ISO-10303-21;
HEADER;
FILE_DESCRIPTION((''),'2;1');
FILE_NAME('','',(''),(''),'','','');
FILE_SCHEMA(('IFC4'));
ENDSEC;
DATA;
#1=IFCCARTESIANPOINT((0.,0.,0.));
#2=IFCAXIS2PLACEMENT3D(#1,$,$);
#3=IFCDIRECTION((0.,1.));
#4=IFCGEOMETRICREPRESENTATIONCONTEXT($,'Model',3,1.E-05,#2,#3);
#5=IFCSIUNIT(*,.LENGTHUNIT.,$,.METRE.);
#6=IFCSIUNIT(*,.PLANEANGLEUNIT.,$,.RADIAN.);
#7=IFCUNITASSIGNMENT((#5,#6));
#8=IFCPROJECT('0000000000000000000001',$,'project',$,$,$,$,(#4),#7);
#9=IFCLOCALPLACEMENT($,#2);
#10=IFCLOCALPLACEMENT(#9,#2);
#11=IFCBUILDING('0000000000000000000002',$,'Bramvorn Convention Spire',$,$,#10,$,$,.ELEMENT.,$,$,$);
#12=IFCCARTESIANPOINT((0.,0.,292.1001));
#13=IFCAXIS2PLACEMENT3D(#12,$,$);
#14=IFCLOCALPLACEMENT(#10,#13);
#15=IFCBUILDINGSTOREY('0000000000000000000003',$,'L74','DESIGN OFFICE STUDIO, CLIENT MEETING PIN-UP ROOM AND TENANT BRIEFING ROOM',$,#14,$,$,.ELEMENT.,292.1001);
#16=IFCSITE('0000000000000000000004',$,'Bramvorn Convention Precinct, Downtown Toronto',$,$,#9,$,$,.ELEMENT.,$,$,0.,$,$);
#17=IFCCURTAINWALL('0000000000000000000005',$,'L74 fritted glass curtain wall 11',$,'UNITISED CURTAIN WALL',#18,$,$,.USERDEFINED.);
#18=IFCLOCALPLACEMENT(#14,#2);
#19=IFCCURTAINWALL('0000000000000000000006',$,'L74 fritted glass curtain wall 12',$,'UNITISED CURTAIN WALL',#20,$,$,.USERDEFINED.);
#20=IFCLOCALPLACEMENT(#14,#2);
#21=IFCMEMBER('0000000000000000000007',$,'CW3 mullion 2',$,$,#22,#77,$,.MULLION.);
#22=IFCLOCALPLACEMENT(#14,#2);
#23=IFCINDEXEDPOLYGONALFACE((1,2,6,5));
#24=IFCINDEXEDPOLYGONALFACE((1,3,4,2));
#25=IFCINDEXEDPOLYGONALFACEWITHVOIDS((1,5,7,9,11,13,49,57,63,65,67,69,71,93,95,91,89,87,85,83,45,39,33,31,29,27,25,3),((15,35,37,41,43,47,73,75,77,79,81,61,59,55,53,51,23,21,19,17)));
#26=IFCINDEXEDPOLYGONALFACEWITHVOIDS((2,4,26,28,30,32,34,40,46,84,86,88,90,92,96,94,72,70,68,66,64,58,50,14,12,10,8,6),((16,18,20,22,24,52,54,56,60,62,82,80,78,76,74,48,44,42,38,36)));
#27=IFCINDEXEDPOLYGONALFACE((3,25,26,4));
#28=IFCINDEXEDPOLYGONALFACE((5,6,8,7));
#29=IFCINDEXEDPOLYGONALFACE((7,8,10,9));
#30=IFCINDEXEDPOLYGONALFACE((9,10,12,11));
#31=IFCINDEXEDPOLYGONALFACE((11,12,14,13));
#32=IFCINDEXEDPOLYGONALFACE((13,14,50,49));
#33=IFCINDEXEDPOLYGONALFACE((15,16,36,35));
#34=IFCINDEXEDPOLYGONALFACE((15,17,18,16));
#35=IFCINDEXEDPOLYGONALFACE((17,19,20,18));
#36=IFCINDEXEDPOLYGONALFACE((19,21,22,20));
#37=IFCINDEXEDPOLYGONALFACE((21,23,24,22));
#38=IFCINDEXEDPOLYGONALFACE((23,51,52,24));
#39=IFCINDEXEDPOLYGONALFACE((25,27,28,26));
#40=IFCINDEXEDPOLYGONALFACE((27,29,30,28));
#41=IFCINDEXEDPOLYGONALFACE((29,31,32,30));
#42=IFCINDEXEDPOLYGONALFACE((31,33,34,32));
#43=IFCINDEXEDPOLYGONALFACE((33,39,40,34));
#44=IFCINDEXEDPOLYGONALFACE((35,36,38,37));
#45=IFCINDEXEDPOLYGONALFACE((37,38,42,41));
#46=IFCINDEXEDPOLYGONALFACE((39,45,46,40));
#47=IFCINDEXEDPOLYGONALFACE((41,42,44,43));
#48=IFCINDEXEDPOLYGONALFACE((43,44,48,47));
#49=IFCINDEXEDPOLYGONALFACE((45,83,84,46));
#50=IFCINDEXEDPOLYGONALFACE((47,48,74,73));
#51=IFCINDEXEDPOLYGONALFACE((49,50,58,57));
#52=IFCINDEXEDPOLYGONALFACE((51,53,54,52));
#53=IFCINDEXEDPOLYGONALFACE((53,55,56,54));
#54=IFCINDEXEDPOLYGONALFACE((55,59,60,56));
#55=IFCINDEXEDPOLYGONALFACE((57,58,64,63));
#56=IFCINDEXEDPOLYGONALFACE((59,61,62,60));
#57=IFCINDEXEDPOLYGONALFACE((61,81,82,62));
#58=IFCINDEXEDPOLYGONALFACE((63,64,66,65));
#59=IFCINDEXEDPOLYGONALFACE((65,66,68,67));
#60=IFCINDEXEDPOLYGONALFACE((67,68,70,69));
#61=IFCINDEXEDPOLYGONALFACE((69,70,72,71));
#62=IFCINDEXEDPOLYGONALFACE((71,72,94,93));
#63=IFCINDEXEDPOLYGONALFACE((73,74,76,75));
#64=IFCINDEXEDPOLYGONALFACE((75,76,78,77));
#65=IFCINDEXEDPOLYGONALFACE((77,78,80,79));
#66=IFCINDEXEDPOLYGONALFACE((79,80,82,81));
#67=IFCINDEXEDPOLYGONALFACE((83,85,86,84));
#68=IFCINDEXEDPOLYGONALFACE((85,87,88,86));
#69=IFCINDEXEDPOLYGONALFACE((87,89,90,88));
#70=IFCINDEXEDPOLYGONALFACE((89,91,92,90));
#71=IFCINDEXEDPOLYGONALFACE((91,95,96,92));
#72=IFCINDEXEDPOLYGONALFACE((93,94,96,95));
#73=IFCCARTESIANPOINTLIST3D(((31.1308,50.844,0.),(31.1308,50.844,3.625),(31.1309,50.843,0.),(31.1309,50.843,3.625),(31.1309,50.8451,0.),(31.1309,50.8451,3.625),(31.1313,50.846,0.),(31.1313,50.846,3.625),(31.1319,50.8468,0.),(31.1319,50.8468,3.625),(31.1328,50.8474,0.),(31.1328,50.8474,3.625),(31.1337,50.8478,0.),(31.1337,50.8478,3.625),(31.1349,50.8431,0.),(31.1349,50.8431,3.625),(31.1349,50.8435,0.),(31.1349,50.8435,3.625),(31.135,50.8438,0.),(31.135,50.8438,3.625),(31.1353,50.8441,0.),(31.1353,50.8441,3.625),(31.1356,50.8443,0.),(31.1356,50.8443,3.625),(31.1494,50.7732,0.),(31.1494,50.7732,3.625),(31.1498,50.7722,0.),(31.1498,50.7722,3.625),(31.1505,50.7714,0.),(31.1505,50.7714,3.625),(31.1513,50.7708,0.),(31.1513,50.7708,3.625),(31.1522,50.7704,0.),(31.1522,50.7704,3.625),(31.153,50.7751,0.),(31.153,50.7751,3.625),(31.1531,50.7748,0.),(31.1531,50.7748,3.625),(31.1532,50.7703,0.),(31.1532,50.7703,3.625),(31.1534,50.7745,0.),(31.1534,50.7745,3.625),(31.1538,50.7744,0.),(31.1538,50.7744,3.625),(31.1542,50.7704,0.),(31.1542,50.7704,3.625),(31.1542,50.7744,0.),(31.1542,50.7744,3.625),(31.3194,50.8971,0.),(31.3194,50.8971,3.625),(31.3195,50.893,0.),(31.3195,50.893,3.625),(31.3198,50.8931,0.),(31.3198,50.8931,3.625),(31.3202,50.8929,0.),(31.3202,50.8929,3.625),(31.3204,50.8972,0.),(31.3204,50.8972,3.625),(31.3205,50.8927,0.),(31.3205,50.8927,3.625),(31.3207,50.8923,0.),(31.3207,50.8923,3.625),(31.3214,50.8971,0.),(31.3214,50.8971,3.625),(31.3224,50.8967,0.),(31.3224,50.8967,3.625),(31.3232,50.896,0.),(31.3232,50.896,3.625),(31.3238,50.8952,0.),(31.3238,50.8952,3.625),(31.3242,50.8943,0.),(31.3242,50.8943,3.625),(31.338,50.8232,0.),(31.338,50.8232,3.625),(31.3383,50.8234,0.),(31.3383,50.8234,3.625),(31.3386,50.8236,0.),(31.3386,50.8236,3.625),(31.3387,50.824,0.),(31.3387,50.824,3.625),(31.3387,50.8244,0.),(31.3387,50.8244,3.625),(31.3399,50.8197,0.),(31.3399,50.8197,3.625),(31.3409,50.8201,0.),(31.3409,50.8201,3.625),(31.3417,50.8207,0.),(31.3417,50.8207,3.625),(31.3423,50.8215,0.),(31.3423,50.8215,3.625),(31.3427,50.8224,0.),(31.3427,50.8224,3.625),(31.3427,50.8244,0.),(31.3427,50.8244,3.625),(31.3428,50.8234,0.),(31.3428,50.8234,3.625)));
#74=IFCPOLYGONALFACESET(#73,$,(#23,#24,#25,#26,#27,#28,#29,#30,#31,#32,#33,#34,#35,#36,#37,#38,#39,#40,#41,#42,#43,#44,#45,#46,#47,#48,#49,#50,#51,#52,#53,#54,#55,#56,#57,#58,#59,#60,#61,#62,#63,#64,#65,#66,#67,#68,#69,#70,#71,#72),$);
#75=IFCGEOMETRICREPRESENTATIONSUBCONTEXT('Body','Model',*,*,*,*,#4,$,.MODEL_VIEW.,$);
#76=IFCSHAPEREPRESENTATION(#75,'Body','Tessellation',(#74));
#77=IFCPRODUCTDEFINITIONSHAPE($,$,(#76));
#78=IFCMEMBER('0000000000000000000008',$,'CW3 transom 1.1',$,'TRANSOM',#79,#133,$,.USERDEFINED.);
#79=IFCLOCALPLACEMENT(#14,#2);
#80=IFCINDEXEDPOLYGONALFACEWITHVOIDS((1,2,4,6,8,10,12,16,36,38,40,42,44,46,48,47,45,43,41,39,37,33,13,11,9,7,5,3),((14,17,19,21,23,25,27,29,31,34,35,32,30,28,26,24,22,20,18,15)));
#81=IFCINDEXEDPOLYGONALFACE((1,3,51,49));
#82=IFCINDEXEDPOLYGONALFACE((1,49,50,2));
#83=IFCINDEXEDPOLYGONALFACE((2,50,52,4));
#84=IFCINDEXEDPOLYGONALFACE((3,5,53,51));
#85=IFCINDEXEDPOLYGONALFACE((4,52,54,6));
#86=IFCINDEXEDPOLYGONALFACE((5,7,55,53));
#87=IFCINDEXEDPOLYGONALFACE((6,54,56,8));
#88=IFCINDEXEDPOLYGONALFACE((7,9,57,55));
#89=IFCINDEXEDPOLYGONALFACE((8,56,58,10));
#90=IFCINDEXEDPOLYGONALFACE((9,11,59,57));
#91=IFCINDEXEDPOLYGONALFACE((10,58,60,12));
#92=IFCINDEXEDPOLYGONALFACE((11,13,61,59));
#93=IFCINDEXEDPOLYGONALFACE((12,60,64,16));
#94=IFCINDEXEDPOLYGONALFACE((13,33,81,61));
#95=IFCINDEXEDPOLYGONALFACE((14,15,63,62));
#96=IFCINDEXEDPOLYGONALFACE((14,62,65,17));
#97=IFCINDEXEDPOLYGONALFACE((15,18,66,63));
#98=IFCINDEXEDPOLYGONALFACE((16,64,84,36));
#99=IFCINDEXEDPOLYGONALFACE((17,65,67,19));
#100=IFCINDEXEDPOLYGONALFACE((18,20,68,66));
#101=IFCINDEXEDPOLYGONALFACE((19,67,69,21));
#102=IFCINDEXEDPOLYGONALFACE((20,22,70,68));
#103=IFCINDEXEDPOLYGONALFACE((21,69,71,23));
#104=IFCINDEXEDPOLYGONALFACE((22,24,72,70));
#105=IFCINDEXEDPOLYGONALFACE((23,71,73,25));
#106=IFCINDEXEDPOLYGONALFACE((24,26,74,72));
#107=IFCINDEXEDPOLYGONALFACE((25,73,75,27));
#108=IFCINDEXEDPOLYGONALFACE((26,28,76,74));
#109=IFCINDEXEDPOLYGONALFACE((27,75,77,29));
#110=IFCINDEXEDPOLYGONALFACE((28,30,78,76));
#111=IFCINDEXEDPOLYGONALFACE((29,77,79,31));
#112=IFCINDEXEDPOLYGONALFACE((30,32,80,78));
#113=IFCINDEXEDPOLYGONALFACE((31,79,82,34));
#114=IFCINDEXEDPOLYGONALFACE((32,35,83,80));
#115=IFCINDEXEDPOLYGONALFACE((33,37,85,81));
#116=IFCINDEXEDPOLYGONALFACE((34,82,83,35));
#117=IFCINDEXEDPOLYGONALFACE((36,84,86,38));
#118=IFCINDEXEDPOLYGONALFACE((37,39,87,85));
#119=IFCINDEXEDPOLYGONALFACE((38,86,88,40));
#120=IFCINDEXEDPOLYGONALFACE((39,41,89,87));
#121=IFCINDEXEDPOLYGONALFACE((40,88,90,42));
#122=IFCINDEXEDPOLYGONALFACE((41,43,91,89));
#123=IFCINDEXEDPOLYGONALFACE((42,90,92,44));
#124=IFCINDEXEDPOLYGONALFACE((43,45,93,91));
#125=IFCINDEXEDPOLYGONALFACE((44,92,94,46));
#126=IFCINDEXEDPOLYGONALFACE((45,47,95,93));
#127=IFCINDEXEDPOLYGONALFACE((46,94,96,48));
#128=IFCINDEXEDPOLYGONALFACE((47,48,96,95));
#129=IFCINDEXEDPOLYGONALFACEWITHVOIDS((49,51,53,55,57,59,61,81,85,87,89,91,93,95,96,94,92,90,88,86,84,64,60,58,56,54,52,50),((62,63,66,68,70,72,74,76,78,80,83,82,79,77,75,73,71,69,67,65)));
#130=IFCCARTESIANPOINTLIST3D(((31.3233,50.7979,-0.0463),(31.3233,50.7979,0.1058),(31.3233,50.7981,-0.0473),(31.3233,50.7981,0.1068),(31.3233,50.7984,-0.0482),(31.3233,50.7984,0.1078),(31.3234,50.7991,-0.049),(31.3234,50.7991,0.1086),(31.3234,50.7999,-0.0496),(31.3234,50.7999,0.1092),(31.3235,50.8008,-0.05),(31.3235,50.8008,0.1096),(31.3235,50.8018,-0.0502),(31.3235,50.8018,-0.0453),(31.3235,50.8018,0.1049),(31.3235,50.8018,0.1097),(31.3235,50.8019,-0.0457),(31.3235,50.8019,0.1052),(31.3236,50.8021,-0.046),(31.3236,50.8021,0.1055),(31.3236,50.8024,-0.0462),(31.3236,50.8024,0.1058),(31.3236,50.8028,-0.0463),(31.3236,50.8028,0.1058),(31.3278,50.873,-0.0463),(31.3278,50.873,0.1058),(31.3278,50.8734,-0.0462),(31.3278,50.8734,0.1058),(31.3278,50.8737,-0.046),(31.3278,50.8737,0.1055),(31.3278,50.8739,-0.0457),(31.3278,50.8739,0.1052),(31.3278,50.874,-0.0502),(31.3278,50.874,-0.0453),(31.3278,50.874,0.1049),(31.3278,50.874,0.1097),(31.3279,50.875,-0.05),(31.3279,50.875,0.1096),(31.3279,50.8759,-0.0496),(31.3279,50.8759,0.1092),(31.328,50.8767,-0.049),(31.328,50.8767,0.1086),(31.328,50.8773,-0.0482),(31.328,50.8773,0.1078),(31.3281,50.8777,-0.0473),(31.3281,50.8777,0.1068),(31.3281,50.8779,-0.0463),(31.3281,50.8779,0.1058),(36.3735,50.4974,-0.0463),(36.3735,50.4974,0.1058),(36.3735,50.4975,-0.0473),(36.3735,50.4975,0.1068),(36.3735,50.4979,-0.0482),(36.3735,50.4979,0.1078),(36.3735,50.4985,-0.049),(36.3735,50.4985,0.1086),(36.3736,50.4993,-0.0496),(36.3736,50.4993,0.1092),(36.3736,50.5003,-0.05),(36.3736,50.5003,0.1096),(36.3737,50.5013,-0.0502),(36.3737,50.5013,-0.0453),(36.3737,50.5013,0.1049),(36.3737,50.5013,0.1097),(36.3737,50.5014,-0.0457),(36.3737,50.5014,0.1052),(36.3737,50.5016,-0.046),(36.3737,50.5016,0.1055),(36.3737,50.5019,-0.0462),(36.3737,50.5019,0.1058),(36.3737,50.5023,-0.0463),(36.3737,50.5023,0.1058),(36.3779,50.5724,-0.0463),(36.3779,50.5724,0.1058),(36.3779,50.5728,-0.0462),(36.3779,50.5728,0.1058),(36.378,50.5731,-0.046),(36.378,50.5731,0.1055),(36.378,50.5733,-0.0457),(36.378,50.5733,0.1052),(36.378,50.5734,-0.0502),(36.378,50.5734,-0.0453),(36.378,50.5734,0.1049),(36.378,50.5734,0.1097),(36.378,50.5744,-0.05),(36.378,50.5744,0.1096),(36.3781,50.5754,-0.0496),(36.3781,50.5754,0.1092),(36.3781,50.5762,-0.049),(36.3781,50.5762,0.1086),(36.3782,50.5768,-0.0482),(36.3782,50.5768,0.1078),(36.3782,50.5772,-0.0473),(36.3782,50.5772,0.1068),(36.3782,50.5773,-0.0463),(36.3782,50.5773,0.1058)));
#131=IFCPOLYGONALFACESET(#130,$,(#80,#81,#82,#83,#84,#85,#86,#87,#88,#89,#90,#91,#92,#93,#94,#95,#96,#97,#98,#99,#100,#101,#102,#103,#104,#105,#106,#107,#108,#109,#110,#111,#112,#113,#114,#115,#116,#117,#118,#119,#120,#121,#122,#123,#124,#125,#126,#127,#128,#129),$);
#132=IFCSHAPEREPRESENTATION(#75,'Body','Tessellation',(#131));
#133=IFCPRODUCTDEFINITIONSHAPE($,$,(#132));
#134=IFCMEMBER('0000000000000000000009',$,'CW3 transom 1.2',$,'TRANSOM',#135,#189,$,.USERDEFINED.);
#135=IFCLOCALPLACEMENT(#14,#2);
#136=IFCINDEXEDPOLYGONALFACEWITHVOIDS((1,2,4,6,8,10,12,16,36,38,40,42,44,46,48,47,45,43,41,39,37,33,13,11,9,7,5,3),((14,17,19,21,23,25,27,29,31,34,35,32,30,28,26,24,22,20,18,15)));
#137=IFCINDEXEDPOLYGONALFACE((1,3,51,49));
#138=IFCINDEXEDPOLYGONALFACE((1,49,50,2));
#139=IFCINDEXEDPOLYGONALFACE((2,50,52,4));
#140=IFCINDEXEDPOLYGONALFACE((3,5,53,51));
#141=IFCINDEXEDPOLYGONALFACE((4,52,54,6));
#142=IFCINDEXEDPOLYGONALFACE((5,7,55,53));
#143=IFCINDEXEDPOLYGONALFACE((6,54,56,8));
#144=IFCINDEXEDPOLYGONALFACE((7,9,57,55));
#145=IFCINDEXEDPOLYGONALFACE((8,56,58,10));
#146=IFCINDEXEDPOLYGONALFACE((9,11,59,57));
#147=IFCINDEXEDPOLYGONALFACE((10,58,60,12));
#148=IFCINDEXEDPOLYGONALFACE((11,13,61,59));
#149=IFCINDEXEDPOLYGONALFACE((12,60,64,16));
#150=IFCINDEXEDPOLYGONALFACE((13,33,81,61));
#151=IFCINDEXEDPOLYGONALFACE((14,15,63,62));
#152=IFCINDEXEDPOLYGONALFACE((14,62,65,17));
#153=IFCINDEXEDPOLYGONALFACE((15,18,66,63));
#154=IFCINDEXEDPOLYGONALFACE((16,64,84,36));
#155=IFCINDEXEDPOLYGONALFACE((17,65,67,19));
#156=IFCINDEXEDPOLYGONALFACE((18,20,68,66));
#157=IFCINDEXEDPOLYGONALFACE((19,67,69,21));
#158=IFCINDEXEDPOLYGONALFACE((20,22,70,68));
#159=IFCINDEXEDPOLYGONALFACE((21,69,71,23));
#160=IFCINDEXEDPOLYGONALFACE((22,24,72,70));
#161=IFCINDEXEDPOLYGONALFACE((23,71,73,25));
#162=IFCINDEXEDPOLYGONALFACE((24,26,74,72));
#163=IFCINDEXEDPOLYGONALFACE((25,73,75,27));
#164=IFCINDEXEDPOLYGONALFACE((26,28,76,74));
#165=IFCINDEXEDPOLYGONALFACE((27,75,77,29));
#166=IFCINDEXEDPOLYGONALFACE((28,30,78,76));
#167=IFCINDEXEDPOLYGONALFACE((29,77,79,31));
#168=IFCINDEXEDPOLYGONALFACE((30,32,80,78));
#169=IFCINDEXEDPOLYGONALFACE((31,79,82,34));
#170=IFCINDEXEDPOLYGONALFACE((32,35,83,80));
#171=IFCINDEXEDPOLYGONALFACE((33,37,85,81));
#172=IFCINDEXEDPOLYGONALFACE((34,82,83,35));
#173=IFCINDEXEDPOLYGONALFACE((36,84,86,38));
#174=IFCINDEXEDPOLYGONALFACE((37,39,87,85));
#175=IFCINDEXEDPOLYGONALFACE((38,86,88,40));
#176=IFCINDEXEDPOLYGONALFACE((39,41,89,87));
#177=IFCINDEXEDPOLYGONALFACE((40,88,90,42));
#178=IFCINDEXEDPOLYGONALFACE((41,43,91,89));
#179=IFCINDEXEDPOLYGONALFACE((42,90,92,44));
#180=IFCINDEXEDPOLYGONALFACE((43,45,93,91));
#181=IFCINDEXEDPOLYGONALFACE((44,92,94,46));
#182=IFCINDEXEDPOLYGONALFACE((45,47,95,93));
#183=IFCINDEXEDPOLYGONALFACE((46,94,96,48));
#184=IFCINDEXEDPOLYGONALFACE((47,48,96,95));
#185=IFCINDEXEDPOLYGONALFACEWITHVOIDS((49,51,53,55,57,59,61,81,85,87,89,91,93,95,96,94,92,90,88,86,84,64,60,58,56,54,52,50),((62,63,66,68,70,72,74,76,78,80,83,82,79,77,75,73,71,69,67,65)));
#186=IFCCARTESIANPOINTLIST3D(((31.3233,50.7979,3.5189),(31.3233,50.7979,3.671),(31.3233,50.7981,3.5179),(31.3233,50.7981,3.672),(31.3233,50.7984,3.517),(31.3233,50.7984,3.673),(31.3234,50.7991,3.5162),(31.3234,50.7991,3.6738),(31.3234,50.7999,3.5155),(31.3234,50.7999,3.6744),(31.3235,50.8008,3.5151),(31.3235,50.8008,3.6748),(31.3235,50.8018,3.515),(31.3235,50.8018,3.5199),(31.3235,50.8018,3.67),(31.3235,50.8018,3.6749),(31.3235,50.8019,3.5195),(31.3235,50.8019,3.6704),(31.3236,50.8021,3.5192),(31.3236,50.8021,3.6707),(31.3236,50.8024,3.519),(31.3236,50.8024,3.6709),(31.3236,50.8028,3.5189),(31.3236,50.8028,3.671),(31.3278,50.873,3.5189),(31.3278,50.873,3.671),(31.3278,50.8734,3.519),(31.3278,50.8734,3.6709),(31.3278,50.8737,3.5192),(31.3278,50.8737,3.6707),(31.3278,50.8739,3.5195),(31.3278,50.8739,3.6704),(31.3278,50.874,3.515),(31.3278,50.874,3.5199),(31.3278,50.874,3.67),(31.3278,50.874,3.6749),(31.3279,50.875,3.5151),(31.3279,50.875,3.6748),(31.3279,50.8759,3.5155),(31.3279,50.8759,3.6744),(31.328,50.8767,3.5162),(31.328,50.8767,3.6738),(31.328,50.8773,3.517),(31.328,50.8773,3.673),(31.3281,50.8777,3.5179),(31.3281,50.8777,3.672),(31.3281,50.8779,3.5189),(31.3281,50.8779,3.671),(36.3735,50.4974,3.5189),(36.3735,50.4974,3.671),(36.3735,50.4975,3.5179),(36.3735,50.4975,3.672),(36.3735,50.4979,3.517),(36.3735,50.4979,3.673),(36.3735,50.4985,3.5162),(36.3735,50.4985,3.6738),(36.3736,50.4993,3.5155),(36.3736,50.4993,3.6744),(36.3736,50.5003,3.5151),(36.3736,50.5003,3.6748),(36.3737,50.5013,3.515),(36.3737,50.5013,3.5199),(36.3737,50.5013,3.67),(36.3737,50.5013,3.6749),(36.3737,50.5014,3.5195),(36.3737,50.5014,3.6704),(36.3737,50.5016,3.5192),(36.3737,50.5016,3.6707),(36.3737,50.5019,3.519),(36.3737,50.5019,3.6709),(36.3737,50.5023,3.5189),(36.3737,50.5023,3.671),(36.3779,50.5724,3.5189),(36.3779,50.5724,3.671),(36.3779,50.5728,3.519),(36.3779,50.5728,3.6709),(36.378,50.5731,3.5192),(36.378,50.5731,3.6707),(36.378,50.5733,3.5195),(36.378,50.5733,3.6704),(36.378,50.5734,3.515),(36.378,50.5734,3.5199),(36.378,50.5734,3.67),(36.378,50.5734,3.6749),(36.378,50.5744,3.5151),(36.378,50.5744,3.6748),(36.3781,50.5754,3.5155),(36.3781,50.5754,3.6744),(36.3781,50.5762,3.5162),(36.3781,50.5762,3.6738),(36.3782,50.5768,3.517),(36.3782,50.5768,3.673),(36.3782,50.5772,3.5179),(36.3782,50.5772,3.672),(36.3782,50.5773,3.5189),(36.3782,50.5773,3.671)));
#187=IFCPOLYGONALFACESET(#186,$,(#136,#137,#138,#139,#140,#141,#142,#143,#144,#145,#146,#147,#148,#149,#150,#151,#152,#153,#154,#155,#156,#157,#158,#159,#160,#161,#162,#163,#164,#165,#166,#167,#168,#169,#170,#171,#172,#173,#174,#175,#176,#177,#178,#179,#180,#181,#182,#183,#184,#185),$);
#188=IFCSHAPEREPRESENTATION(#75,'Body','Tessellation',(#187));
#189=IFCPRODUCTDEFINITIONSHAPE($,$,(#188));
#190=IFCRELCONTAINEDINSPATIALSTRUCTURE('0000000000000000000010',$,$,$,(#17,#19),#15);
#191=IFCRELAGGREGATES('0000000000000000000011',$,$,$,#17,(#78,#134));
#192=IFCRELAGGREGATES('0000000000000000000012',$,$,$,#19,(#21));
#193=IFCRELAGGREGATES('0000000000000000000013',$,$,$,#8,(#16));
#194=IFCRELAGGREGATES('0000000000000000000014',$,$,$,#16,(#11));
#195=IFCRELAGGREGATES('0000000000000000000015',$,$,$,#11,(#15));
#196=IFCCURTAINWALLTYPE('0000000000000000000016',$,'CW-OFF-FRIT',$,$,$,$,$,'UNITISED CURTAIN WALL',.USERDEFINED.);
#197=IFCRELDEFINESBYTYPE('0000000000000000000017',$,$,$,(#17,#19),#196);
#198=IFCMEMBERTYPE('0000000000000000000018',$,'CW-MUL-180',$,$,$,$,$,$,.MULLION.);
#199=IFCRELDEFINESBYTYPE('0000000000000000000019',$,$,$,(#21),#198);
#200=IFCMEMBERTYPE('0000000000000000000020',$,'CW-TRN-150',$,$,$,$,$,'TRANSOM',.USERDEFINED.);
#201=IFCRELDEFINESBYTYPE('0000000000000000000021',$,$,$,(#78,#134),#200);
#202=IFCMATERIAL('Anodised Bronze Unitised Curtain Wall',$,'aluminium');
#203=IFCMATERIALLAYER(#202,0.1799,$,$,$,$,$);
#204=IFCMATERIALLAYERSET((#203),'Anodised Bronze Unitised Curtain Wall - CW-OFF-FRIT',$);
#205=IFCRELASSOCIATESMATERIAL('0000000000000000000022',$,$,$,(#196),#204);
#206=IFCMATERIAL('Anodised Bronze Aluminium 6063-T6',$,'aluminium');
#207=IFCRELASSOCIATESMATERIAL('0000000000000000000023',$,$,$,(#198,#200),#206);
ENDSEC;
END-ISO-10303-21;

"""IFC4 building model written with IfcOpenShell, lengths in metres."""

from ifc_helpers import new_model, si_unit, direction, frame, origin, origin_2d, place, context, subcontext, project, spatial, hollow_rectangle, extrude, material, layer, layer_set, material_profile, profile_set, type_object, element, aggregate, save


model = new_model("IFC4")

# Units and contexts
model_context = context("Model", 3, precision=1e-05, world=origin(), true_north=direction((0.0, 1.0)))
body_context = subcontext(model_context, "Body", "Model", "MODEL_VIEW")
ifc_project = project(units=[si_unit("LENGTHUNIT", "METRE"), si_unit("PLANEANGLEUNIT", "RADIAN")], contexts=[model_context])

# Site, building, storey
site_placement = place(None, origin())
site = spatial("IfcSite", under=ifc_project, at=site_placement, Name="Bramvorn Convention Precinct, Downtown Toronto", CompositionType="ELEMENT", RefElevation=0.0)
building_placement = place(site_placement, origin())
building = spatial("IfcBuilding", under=site, at=building_placement, Name="Bramvorn Convention Spire", CompositionType="ELEMENT")
storey_placement = place(building_placement, frame((0.0, 0.0, 292.1001)))
storey = spatial("IfcBuildingStorey", under=building, at=storey_placement, Name="L74", Description="DESIGN OFFICE STUDIO, CLIENT MEETING PIN-UP ROOM AND TENANT BRIEFING ROOM", CompositionType="ELEMENT", Elevation=292.1001)

# Curtain wall
ifc_material_1 = material(Name="Anodised Bronze Unitised Curtain Wall", Category="aluminium")
ifc_layer_1 = layer(ifc_material_1, 0.1799)
ifc_layer_set_1 = layer_set([ifc_layer_1], Name="Anodised Bronze Unitised Curtain Wall - CW-OFF-FRIT")
curtain_wall_type = type_object("IfcCurtainWallType", Name="CW-OFF-FRIT", ElementType="UNITISED CURTAIN WALL", PredefinedType="USERDEFINED", material=ifc_layer_set_1)
curtain_wall_1_placement = place(storey_placement, origin())
curtain_wall_1 = element("IfcCurtainWall", 1, at=curtain_wall_1_placement, inside=storey, type_object=curtain_wall_type, Name="L74 fritted glass curtain wall 11", ObjectType="UNITISED CURTAIN WALL", PredefinedType="USERDEFINED")
ifc_material_2 = material(Name="Anodised Bronze Aluminium 6063-T6", Category="aluminium")
ifc_material_profile_1 = material_profile(ifc_material_2, hollow_rectangle(XDim=0.0801, YDim=0.2, WallThickness=0.0039, InnerFilletRadius=0.001, OuterFilletRadius=0.0039, at=origin_2d()))
ifc_profile_set_1 = profile_set([ifc_material_profile_1], Name="Anodised Bronze Aluminium 6063-T6 - CWM80X200")
member_type_1 = type_object("IfcMemberType", Name="CW-MUL-180", PredefinedType="MULLION", material=ifc_profile_set_1)

# Curtain wall, member
curtain_wall_2_placement = place(storey_placement, origin())
curtain_wall_2 = element("IfcCurtainWall", 2, at=curtain_wall_2_placement, inside=storey, type_object=curtain_wall_type, Name="L74 fritted glass curtain wall 12", ObjectType="UNITISED CURTAIN WALL", PredefinedType="USERDEFINED")
member_1_placement = place(storey_placement, frame((31.2368, 50.8337, 0.0), z_axis=(0.0, 0.0, 1.0), x_axis=(-0.256354, 0.966583, 0.0)))
member_1 = element("IfcMember", 3, at=member_1_placement, type_object=member_type_1, Name="CW3 mullion 2", PredefinedType="MULLION", context=body_context, shape_type="SweptSolid", body=[
    extrude(hollow_rectangle(XDim=0.0801, YDim=0.2, WallThickness=0.0039, InnerFilletRadius=0.001, OuterFilletRadius=0.0039, at=origin_2d()), origin(), (0.0, 0.0, 1.0), 3.625),
])

# Members
ifc_material_profile_2 = material_profile(ifc_material_2, hollow_rectangle(XDim=0.0801, YDim=0.1599, WallThickness=0.0039, InnerFilletRadius=0.001, OuterFilletRadius=0.0039, at=origin_2d()))
ifc_profile_set_2 = profile_set([ifc_material_profile_2], Name="Anodised Bronze Aluminium 6063-T6 - CWT80X160")
member_type_2 = type_object("IfcMemberType", Name="CW-TRN-150", ElementType="TRANSOM", PredefinedType="USERDEFINED", material=ifc_profile_set_2)
member_2_placement = place(storey_placement, frame((31.3257, 50.8379, 0.0298), z_axis=(0.998234, -0.059407, 0.0), x_axis=(0.059407, 0.998234, 0.0)))
member_2 = element("IfcMember", 4, at=member_2_placement, type_object=member_type_2, Name="CW3 transom 1.1", ObjectType="TRANSOM", PredefinedType="USERDEFINED", context=body_context, shape_type="SweptSolid", body=[
    extrude(hollow_rectangle(XDim=0.0801, YDim=0.1599, WallThickness=0.0039, InnerFilletRadius=0.001, OuterFilletRadius=0.0039, at=origin_2d()), origin(), (0.0, 0.0, 1.0), 5.0591),
])
member_3_placement = place(storey_placement, frame((31.3257, 50.8379, 3.595), z_axis=(0.998234, -0.059407, 0.0), x_axis=(0.059407, 0.998234, 0.0)))
member_3 = element("IfcMember", 5, at=member_3_placement, type_object=member_type_2, Name="CW3 transom 1.2", ObjectType="TRANSOM", PredefinedType="USERDEFINED", context=body_context, shape_type="SweptSolid", body=[
    extrude(hollow_rectangle(XDim=0.0801, YDim=0.1599, WallThickness=0.0039, InnerFilletRadius=0.001, OuterFilletRadius=0.0039, at=origin_2d()), origin(), (0.0, 0.0, 1.0), 5.0591),
])

aggregate(curtain_wall_1, [member_2, member_3])
aggregate(curtain_wall_2, [member_1])

save(model, "model.ifc")
